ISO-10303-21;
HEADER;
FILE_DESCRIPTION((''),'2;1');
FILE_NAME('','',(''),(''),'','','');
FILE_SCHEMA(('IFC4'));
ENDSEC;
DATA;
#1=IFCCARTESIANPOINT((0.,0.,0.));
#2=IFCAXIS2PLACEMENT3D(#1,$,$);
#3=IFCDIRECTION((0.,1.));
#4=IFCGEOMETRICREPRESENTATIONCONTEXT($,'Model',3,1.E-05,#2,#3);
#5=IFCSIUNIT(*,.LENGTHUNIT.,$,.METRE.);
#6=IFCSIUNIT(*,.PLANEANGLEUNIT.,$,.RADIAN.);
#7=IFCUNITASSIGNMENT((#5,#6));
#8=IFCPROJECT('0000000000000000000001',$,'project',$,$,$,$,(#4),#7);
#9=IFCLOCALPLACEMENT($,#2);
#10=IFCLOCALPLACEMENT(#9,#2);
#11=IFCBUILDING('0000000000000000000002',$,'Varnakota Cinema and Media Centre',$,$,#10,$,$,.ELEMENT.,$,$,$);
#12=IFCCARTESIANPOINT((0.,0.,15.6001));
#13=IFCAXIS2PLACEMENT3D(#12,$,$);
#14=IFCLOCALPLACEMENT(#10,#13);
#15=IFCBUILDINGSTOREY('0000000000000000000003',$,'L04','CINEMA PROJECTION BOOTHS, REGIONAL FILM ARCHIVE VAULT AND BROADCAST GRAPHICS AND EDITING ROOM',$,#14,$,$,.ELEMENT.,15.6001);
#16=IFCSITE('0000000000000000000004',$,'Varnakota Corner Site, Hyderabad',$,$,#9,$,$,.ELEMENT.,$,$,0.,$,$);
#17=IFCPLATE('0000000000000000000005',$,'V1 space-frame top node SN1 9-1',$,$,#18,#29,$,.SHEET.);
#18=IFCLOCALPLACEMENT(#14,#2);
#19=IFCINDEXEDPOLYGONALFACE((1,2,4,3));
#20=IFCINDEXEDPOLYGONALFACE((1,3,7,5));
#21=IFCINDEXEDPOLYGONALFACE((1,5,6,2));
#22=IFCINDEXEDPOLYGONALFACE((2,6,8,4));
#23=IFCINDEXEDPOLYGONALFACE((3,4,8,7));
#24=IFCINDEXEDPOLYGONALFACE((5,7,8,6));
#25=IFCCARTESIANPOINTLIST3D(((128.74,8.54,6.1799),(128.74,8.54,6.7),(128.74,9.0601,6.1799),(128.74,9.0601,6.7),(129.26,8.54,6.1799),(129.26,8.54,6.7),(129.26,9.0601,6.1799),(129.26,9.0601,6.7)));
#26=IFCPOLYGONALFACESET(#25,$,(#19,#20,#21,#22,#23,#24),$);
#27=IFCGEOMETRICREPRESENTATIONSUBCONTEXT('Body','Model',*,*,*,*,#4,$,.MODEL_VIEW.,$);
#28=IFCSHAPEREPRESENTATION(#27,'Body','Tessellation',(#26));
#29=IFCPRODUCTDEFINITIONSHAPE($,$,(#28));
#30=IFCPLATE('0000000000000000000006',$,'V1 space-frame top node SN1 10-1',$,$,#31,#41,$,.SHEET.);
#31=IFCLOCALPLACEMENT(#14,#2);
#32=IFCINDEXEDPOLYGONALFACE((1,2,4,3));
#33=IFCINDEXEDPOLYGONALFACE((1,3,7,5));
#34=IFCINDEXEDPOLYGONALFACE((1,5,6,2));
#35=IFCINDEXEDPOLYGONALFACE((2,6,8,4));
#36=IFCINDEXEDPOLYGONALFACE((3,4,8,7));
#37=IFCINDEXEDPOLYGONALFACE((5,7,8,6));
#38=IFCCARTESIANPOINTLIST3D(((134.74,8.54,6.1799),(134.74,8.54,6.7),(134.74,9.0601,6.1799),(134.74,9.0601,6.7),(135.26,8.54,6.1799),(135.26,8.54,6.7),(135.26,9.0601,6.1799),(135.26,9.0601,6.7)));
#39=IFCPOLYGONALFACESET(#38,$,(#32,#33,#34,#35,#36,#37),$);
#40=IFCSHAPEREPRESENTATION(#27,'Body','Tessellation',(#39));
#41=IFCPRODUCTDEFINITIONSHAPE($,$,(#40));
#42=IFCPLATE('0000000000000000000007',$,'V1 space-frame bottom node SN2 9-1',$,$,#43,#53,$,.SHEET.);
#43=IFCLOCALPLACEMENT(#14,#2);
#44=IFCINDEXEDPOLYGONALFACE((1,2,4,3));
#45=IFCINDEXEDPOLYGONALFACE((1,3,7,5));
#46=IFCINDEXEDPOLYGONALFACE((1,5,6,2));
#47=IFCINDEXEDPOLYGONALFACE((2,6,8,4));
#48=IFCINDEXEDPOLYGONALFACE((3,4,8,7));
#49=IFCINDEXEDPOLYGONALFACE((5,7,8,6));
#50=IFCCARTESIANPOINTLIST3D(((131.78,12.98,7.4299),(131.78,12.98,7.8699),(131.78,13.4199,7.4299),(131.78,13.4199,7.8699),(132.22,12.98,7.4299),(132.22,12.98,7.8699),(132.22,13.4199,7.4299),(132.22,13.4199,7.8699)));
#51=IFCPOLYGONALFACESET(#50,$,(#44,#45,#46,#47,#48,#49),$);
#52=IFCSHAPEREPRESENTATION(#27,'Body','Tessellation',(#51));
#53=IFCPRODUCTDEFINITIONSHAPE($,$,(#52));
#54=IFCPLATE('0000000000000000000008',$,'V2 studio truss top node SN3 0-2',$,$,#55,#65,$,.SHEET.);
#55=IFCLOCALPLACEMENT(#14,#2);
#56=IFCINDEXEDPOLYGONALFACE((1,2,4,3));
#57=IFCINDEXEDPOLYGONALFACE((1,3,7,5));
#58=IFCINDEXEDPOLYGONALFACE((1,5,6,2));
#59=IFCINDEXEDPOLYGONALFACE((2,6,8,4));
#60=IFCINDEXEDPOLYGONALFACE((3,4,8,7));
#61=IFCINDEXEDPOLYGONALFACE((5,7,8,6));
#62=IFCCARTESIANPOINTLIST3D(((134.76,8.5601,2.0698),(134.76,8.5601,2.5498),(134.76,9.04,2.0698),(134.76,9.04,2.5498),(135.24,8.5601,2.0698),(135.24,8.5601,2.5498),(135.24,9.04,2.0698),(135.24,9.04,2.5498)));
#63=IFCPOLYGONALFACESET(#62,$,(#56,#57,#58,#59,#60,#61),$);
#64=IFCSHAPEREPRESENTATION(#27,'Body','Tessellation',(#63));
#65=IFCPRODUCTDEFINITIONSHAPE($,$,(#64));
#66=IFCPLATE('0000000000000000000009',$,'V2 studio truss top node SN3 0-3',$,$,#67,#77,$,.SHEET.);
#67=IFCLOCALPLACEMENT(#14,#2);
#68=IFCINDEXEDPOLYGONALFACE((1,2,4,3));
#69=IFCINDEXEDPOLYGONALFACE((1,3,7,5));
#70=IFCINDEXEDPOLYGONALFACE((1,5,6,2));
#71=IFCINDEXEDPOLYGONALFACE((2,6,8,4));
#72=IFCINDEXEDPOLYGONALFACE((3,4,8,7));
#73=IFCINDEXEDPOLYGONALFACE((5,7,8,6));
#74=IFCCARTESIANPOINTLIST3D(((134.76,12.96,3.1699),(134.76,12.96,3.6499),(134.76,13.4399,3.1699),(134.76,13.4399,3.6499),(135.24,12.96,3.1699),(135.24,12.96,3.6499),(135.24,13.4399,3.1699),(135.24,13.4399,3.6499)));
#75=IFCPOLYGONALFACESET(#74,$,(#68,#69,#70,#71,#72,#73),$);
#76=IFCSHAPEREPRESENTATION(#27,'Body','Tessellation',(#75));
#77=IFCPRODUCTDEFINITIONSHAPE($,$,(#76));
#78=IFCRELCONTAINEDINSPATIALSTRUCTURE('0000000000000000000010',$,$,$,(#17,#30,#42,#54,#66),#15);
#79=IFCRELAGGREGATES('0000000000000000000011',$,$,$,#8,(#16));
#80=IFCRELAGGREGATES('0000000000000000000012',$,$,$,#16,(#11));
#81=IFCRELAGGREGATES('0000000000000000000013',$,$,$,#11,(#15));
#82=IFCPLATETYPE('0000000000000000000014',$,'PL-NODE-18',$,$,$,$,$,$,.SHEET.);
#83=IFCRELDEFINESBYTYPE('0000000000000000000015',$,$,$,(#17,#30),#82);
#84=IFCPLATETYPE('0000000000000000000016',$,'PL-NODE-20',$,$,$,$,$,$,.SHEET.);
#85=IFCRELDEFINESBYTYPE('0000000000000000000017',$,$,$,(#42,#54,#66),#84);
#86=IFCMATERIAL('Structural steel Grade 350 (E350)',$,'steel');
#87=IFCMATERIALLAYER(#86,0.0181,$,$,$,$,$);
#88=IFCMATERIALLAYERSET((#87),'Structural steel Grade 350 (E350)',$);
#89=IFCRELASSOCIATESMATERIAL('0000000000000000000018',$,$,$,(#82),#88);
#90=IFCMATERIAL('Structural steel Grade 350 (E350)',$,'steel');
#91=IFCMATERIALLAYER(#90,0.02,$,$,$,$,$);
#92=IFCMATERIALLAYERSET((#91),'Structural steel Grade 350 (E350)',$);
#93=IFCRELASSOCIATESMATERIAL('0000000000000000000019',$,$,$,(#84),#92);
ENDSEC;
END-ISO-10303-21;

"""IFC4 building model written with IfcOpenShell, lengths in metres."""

from ifc_helpers import new_model, si_unit, direction, frame, origin, origin_2d, place, context, subcontext, project, spatial, rectangle, extrude, material, layer, layer_set, type_object, element, save


model = new_model("IFC4")

# Units and contexts
model_context = context("Model", 3, precision=1e-05, world=origin(), true_north=direction((0.0, 1.0)))
body_context = subcontext(model_context, "Body", "Model", "MODEL_VIEW")
ifc_project = project(units=[si_unit("LENGTHUNIT", "METRE"), si_unit("PLANEANGLEUNIT", "RADIAN")], contexts=[model_context])

# Site, building, storey
site_placement = place(None, origin())
site = spatial("IfcSite", under=ifc_project, at=site_placement, Name="Varnakota Corner Site, Hyderabad", CompositionType="ELEMENT", RefElevation=0.0)
building_placement = place(site_placement, origin())
building = spatial("IfcBuilding", under=site, at=building_placement, Name="Varnakota Cinema and Media Centre", CompositionType="ELEMENT")
storey_placement = place(building_placement, frame((0.0, 0.0, 15.6001)))
storey = spatial("IfcBuildingStorey", under=building, at=storey_placement, Name="L04", Description="CINEMA PROJECTION BOOTHS, REGIONAL FILM ARCHIVE VAULT AND BROADCAST GRAPHICS AND EDITING ROOM", CompositionType="ELEMENT", Elevation=15.6001)

# Plates
ifc_material_1 = material(Name="Structural steel Grade 350 (E350)", Category="steel")
ifc_layer_1 = layer(ifc_material_1, 0.0181)
ifc_layer_set_1 = layer_set([ifc_layer_1], Name="Structural steel Grade 350 (E350)")
plate_type_1 = type_object("IfcPlateType", Name="PL-NODE-18", PredefinedType="SHEET", material=ifc_layer_set_1)
for number, where, z_axis, x_axis, name in (
    (1, (129.0, 8.8, 6.1799), (0.0, 0.0, 1.0), (1.0, 0.0, 0.0), "V1 space-frame top node SN1 9-1"),
    (2, (135.0, 8.8, 6.1799), (0.0, 0.0, 1.0), (1.0, 0.0, 0.0), "V1 space-frame top node SN1 10-1"),
):
    element("IfcPlate", number, at=place(storey_placement, frame(where, z_axis=z_axis, x_axis=x_axis)), inside=storey, type_object=plate_type_1, Name=name, PredefinedType="SHEET", context=body_context, shape_type="SweptSolid", body=[
        extrude(rectangle(XDim=0.52, YDim=0.52, at=origin_2d()), origin(), (0.0, 0.0, 1.0), 0.52),
    ])
ifc_material_2 = material(Name="Structural steel Grade 350 (E350)", Category="steel")
ifc_layer_2 = layer(ifc_material_2, 0.02)
ifc_layer_set_2 = layer_set([ifc_layer_2], Name="Structural steel Grade 350 (E350)")
plate_type_2 = type_object("IfcPlateType", Name="PL-NODE-20", PredefinedType="SHEET", material=ifc_layer_set_2)
plate_placement = place(storey_placement, frame((132.0, 13.2, 7.4299), z_axis=(0.0, 0.0, 1.0), x_axis=(1.0, 0.0, 0.0)))
element("IfcPlate", 3, at=plate_placement, inside=storey, type_object=plate_type_2, Name="V1 space-frame bottom node SN2 9-1", PredefinedType="SHEET", context=body_context, shape_type="SweptSolid", body=[
    extrude(rectangle(XDim=0.4399, YDim=0.4399, at=origin_2d()), origin(), (0.0, 0.0, 1.0), 0.4399),
])
for number, where, z_axis, x_axis, name in (
    (4, (135.0, 8.8, 2.0698), (0.0, 0.0, 1.0), (1.0, 0.0, 0.0), "V2 studio truss top node SN3 0-2"),
    (5, (135.0, 13.2, 3.1699), (0.0, 0.0, 1.0), (1.0, 0.0, 0.0), "V2 studio truss top node SN3 0-3"),
):
    element("IfcPlate", number, at=place(storey_placement, frame(where, z_axis=z_axis, x_axis=x_axis)), inside=storey, type_object=plate_type_2, Name=name, PredefinedType="SHEET", context=body_context, shape_type="SweptSolid", body=[
        extrude(rectangle(XDim=0.48, YDim=0.48, at=origin_2d()), origin(), (0.0, 0.0, 1.0), 0.48),
    ])

save(model, "model.ifc")
